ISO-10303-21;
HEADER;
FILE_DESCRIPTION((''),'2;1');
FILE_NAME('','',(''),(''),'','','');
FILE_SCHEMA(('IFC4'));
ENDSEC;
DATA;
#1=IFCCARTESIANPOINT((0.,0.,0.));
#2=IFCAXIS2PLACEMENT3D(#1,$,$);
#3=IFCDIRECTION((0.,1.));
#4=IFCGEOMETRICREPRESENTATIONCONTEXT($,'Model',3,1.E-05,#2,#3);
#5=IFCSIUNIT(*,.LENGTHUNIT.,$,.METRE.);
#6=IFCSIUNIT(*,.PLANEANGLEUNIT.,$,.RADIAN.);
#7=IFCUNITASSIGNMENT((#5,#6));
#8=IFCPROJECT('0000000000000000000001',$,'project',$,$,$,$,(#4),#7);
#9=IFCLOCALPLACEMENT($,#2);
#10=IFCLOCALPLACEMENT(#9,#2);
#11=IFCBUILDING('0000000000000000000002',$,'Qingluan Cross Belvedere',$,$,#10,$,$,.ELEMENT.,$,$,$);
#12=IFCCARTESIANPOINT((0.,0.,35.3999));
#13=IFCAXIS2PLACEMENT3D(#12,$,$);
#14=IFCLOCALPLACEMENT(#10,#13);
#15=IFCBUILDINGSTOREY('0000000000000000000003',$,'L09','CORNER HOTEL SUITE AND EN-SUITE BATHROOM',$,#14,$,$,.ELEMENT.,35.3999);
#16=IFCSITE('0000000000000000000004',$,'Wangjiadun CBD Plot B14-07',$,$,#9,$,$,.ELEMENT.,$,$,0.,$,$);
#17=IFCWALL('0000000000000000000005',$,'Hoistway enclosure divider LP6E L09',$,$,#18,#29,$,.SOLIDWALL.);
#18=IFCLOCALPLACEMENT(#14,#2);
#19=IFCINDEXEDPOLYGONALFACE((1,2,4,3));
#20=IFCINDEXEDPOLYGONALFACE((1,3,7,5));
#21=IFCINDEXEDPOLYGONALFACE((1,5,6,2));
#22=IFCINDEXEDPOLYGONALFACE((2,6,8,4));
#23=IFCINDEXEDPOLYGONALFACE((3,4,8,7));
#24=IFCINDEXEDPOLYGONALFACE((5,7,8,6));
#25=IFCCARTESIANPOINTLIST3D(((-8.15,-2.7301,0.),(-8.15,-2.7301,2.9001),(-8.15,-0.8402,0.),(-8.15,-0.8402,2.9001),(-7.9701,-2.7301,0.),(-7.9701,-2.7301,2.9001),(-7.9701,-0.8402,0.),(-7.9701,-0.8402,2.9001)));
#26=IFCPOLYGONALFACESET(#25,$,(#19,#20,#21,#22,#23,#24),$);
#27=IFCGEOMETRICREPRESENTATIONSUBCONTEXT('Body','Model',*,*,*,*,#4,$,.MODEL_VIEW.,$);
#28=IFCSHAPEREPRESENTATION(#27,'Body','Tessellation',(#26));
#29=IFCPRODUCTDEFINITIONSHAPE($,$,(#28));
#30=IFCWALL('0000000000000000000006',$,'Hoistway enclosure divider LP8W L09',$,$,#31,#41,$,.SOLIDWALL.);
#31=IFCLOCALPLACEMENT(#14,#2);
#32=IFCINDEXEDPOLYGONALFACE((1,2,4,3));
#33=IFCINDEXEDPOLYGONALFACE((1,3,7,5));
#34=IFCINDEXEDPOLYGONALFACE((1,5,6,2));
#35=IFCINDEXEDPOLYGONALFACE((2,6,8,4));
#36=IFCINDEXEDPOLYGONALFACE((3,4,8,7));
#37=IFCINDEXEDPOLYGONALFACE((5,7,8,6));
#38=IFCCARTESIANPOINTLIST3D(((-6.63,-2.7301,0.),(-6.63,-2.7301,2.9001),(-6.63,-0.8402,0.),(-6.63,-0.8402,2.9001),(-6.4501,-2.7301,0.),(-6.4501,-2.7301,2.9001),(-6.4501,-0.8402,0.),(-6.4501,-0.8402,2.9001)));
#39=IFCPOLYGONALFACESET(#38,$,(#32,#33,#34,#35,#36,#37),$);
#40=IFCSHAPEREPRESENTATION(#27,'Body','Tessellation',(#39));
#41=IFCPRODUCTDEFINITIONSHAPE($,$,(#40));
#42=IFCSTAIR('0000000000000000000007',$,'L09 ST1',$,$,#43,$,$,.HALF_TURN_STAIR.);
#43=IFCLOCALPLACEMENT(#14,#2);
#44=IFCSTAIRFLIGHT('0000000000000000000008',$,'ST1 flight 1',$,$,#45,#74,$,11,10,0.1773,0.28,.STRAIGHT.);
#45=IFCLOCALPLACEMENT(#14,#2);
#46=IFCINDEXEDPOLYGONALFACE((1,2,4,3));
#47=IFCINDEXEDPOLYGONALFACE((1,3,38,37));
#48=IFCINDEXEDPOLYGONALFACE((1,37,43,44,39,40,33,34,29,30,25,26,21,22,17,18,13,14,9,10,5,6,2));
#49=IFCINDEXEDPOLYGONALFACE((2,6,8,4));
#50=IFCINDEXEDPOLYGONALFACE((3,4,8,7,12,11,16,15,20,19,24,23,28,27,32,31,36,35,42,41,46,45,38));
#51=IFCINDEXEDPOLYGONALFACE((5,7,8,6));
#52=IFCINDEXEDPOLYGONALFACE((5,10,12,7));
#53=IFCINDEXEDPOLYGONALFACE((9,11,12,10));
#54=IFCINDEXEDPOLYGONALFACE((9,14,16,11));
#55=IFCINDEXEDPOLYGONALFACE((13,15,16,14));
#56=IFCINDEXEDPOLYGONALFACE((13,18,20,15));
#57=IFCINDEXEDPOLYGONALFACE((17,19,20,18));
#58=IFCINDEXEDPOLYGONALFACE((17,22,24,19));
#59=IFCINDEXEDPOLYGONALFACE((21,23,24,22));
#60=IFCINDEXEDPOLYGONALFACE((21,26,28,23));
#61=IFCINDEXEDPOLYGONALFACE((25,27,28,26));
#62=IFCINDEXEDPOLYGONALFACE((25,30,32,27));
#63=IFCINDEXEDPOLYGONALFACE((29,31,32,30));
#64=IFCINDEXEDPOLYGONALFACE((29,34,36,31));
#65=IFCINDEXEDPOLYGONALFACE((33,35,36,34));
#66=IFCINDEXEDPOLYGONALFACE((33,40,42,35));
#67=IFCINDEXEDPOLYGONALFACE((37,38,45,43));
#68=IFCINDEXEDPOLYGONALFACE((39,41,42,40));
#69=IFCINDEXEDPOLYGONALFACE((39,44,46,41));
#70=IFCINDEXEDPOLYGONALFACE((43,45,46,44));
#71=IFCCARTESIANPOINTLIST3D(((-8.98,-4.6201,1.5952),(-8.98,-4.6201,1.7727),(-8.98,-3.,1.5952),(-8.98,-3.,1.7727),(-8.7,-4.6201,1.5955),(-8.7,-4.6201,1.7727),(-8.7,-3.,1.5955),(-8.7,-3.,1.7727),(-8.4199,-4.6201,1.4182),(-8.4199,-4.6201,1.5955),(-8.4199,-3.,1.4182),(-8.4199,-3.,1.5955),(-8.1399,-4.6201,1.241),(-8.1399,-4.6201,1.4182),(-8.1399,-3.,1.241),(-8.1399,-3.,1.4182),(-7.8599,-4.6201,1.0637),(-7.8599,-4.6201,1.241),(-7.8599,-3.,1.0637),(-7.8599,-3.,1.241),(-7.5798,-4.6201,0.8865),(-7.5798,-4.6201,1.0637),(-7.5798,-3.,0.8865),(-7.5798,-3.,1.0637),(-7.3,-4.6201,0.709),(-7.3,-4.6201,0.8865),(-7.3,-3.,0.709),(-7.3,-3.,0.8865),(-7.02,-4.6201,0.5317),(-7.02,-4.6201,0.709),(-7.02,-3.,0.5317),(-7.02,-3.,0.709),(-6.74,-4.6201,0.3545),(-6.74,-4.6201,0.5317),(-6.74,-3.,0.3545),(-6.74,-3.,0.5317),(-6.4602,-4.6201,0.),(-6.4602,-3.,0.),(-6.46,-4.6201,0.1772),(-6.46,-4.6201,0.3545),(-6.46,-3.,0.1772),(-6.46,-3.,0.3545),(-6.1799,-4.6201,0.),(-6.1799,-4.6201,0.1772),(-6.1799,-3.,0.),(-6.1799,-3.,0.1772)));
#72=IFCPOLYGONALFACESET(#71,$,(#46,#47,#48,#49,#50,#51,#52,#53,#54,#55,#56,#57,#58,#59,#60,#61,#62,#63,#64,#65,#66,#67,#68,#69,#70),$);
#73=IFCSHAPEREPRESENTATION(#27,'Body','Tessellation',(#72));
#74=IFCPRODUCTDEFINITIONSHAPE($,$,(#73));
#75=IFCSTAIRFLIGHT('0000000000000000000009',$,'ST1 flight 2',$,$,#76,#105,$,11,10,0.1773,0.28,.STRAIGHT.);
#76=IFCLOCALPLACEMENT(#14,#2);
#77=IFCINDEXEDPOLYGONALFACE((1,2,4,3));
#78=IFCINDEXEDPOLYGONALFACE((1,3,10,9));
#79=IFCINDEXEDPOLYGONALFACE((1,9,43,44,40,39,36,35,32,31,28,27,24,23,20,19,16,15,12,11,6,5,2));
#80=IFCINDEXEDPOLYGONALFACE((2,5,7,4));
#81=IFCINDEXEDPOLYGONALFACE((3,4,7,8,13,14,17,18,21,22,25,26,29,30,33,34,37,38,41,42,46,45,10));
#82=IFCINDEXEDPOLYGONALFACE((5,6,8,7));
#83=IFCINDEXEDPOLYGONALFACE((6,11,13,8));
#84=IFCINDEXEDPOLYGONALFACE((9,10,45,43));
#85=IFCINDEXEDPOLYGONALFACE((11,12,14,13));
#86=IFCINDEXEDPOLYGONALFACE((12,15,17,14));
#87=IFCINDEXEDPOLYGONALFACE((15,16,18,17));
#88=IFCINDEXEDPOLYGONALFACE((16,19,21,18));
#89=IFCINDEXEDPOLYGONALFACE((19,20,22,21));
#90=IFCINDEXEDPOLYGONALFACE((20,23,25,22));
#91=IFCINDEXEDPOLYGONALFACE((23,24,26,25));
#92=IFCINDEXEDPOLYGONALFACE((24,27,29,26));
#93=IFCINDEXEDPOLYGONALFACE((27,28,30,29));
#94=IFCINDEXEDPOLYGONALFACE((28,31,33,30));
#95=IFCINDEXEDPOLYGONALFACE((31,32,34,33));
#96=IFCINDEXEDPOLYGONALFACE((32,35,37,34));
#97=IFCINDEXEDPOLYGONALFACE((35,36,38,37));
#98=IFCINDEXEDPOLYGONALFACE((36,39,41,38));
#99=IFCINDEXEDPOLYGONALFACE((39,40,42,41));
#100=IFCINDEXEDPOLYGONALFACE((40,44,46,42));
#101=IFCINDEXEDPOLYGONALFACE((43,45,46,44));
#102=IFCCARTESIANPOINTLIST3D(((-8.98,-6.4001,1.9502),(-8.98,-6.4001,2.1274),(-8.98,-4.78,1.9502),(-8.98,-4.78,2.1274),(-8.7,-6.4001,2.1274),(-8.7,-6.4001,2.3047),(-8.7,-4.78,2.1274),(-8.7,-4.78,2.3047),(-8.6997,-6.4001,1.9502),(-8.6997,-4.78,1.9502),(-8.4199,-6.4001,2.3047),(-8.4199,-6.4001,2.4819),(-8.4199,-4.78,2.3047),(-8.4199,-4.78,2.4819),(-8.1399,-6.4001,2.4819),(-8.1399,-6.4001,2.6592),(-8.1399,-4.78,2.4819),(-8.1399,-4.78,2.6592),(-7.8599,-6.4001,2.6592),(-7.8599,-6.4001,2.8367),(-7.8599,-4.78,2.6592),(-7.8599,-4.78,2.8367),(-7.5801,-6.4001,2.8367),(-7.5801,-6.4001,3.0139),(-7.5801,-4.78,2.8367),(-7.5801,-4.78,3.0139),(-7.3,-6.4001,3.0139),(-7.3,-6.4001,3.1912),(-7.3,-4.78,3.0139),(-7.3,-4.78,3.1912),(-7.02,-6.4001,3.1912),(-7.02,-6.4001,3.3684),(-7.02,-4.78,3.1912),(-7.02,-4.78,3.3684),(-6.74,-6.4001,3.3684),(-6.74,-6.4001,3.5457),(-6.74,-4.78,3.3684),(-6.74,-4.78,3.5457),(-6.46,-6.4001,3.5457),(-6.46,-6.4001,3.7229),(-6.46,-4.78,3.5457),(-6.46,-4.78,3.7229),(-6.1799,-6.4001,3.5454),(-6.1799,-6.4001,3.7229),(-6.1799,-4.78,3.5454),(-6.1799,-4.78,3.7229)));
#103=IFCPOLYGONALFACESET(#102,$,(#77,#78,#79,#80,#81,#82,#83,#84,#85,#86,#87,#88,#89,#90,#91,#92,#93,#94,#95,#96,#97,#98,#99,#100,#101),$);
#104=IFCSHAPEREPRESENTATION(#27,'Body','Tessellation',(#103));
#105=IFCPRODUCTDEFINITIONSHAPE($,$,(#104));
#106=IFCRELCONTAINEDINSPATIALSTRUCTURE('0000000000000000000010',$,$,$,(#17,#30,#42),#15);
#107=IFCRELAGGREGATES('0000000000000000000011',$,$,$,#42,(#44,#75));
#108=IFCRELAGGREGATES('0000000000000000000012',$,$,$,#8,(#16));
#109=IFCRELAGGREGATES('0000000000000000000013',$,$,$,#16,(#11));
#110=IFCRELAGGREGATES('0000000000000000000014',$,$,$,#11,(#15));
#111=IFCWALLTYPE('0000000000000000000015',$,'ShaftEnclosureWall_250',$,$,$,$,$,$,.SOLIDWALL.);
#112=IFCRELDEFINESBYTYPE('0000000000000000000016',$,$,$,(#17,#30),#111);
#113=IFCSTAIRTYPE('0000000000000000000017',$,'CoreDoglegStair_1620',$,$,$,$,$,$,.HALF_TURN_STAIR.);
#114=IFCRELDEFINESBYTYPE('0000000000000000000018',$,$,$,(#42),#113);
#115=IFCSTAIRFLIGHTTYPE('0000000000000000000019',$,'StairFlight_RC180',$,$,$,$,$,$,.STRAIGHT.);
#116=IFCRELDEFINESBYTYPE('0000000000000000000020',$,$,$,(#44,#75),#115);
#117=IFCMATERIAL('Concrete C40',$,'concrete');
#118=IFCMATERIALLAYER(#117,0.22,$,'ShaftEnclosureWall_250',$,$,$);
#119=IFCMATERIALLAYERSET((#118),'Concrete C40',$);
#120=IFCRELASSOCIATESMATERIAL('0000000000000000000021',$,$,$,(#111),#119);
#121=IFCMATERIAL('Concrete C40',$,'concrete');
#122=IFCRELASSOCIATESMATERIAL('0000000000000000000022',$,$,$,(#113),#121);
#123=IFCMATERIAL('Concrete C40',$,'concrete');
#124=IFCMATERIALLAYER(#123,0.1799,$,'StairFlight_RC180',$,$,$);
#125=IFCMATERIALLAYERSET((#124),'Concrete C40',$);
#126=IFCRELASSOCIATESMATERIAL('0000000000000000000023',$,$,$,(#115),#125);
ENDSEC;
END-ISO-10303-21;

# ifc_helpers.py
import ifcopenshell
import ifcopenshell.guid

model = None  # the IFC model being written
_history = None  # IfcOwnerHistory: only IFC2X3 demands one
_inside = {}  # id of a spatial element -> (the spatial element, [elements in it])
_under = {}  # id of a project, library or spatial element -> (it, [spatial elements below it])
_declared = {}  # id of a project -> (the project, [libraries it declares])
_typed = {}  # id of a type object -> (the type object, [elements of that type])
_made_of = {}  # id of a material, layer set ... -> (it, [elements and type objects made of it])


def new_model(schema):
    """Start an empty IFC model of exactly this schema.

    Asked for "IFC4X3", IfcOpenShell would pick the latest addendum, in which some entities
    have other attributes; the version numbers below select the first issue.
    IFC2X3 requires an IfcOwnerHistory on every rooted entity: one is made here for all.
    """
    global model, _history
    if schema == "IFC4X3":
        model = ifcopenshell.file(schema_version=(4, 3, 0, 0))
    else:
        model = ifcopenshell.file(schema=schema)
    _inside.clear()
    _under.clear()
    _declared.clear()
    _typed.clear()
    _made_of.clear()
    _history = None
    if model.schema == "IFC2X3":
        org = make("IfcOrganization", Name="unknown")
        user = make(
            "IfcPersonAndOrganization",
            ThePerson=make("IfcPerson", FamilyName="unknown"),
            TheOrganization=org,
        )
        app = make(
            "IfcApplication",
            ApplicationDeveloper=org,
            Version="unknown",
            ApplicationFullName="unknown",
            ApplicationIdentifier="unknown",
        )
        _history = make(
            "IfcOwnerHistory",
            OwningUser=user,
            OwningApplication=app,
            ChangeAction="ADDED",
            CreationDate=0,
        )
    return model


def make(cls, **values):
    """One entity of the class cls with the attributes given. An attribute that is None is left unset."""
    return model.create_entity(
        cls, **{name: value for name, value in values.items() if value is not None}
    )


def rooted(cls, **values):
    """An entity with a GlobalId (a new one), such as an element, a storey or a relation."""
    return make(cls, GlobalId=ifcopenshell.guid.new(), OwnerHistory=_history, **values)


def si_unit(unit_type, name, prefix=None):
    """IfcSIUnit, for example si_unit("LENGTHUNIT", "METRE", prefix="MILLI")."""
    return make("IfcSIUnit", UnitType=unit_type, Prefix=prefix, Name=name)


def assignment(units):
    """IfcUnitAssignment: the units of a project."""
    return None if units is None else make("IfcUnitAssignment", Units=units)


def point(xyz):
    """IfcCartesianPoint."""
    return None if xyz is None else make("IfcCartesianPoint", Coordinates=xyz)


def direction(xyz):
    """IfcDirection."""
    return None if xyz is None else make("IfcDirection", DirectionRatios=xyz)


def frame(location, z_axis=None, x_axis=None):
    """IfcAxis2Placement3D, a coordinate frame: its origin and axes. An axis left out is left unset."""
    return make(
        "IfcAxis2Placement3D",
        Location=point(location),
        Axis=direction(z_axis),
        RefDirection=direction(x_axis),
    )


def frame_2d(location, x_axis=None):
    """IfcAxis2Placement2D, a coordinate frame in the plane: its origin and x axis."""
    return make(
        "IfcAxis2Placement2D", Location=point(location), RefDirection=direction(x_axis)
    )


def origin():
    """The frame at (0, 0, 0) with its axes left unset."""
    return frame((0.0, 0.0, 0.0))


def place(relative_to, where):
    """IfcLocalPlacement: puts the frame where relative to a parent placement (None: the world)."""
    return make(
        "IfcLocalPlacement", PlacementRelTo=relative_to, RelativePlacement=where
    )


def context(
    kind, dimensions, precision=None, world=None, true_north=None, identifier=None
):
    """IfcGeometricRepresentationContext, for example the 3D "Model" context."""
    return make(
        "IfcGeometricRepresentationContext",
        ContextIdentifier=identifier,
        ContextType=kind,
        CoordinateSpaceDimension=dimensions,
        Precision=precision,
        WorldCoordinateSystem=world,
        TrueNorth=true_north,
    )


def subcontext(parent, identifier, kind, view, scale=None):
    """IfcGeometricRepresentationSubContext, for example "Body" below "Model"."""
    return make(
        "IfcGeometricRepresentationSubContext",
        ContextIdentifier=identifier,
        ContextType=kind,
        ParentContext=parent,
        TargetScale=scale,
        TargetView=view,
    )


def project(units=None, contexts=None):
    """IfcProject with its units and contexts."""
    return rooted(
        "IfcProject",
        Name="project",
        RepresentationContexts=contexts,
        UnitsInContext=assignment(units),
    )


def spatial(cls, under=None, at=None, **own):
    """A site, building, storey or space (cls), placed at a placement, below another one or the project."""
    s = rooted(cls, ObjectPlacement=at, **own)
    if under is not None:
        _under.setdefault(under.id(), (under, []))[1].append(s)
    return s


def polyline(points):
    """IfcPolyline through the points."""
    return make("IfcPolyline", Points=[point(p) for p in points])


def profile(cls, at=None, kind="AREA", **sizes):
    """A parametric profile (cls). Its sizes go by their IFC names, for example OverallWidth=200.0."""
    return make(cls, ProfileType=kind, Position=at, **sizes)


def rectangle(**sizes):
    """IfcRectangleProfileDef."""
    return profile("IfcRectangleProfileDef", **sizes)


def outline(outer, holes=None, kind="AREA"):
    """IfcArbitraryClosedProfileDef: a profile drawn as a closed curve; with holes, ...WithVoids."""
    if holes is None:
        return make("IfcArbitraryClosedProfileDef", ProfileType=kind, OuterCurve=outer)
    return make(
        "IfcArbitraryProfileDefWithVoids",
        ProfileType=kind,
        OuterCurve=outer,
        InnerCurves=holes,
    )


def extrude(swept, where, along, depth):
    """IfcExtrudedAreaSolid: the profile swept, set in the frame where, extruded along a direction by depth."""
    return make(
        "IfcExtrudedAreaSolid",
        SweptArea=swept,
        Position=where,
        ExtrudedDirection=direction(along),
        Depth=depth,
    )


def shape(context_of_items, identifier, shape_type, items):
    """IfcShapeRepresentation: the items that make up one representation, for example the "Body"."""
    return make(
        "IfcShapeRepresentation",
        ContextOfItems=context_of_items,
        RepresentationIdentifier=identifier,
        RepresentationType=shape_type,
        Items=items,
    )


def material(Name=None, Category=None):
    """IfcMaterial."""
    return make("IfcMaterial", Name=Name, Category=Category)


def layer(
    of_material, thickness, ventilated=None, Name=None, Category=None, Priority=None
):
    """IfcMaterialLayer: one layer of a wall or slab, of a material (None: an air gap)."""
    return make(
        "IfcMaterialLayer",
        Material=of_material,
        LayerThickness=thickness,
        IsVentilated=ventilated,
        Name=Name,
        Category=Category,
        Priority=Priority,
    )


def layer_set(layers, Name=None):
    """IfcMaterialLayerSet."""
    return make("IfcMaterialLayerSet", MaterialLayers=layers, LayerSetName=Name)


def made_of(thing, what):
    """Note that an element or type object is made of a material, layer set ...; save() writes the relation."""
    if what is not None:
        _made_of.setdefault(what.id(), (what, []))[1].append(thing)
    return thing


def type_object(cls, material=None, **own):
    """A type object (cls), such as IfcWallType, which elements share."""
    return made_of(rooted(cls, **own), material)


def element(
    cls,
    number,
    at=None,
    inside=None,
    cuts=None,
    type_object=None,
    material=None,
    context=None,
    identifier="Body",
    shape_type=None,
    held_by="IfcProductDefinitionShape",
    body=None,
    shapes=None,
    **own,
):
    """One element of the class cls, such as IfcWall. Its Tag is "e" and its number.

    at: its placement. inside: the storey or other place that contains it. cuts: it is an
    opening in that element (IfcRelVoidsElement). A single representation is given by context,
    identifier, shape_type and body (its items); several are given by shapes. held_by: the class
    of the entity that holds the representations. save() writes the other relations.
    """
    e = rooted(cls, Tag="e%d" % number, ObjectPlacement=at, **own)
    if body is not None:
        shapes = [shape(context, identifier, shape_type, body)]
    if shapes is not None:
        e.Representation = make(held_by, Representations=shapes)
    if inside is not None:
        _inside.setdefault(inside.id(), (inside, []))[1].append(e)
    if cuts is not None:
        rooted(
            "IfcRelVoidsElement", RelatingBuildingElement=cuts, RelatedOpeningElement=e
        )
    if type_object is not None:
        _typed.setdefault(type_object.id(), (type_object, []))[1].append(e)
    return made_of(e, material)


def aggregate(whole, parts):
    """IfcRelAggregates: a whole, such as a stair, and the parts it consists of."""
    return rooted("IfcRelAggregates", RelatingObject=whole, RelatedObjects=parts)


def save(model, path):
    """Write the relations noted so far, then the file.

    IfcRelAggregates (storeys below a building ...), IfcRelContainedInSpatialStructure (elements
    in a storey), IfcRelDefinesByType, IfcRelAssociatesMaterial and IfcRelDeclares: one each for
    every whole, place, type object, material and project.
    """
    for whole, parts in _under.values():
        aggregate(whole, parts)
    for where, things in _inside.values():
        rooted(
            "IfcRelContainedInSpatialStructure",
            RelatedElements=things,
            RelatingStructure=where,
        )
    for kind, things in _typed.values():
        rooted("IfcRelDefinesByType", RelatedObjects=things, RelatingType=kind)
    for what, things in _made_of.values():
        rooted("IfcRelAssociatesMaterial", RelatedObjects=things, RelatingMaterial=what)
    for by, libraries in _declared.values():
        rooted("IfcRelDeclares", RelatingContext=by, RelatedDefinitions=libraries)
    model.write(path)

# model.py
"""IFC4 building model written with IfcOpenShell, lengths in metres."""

from ifc_helpers import new_model, si_unit, direction, frame, frame_2d, origin, place, context, subcontext, project, spatial, polyline, rectangle, outline, extrude, material, layer, layer_set, type_object, element, aggregate, save


model = new_model("IFC4")

# Units and contexts
model_context = context("Model", 3, precision=1e-05, world=origin(), true_north=direction((0.0, 1.0)))
body_context = subcontext(model_context, "Body", "Model", "MODEL_VIEW")
ifc_project = project(units=[si_unit("LENGTHUNIT", "METRE"), si_unit("PLANEANGLEUNIT", "RADIAN")], contexts=[model_context])

# Site, building, storey
site_placement = place(None, origin())
site = spatial("IfcSite", under=ifc_project, at=site_placement, Name="Wangjiadun CBD Plot B14-07", CompositionType="ELEMENT", RefElevation=0.0)
building_placement = place(site_placement, origin())
building = spatial("IfcBuilding", under=site, at=building_placement, Name="Qingluan Cross Belvedere", CompositionType="ELEMENT")
storey_placement = place(building_placement, frame((0.0, 0.0, 35.3999)))
storey = spatial("IfcBuildingStorey", under=building, at=storey_placement, Name="L09", Description="CORNER HOTEL SUITE AND EN-SUITE BATHROOM", CompositionType="ELEMENT", Elevation=35.3999)

# Walls
ifc_material_1 = material(Name="Concrete C40", Category="concrete")
ifc_layer_1 = layer(ifc_material_1, 0.22, Name="ShaftEnclosureWall_250")
ifc_layer_set_1 = layer_set([ifc_layer_1], Name="Concrete C40")
wall_type_1 = type_object("IfcWallType", Name="ShaftEnclosureWall_250", PredefinedType="SOLIDWALL", material=ifc_layer_set_1)
for number, where, z_axis, x_axis, name in (
    (1, (-8.0601, -2.73, 0.0), (0.0, 0.0, 1.0), (0.0, 1.0, 0.0), "Hoistway enclosure divider LP6E L09"),
    (2, (-6.54, -2.73, 0.0), (0.0, 0.0, 1.0), (0.0, 1.0, 0.0), "Hoistway enclosure divider LP8W L09"),
):
    element("IfcWall", number, at=place(storey_placement, frame(where, z_axis=z_axis, x_axis=x_axis)), inside=storey, type_object=wall_type_1, Name=name, PredefinedType="SOLIDWALL", context=body_context, shape_type="SweptSolid", body=[
        extrude(rectangle(XDim=1.8899, YDim=0.1799, at=frame_2d((0.9448, 0.0))), origin(), (0.0, 0.0, 1.0), 2.9001),
    ])

# Stair, stair flights
ifc_material_2 = material(Name="Concrete C40", Category="concrete")
stair_type = type_object("IfcStairType", Name="CoreDoglegStair_1620", PredefinedType="HALF_TURN_STAIR", material=ifc_material_2)
stair_placement = place(storey_placement, origin())
stair = element("IfcStair", 3, at=stair_placement, inside=storey, type_object=stair_type, Name="L09 ST1", PredefinedType="HALF_TURN_STAIR")
ifc_material_3 = material(Name="Concrete C40", Category="concrete")
ifc_layer_2 = layer(ifc_material_3, 0.1799, Name="StairFlight_RC180")
ifc_layer_set_2 = layer_set([ifc_layer_2], Name="Concrete C40")
stair_flight_type = type_object("IfcStairFlightType", Name="StairFlight_RC180", PredefinedType="STRAIGHT", material=ifc_layer_set_2)
stair_flight_1_placement = place(storey_placement, frame((-6.1799, -3.8101, 0.0), z_axis=(0.0, 0.0, 1.0), x_axis=(-1.0, 0.0, 0.0)))
stair_flight_1 = element("IfcStairFlight", 4, at=stair_flight_1_placement, type_object=stair_flight_type, Name="ST1 flight 1", NumberOfRisers=11, NumberOfTreads=10, PredefinedType="STRAIGHT", RiserHeight=0.1773, TreadLength=0.28, context=body_context, shape_type="SweptSolid", body=[
    extrude(outline(polyline([(0.0, 0.0), (0.0, 0.1772), (0.28, 0.1772), (0.28, 0.3545), (0.5601, 0.3545), (0.5601, 0.5317), (0.8401, 0.5317), (0.8401, 0.709), (1.1201, 0.709), (1.1201, 0.8865), (1.3999, 0.8865), (1.3999, 1.0637), (1.6799, 1.0637), (1.6799, 1.241), (1.96, 1.241), (1.96, 1.4182), (2.24, 1.4182), (2.24, 1.5955), (2.52, 1.5955), (2.52, 1.7727), (2.8, 1.7727), (2.8, 1.95), (2.8, 1.5952), (0.2803, 0.0), (0.0, 0.0)])), frame((0.0, 0.8101, 0.0), z_axis=(0.0, -1.0, 0.0), x_axis=(1.0, 0.0, 0.0)), (0.0, 0.0, 1.0), 1.6201),
])
stair_flight_2_placement = place(storey_placement, frame((-8.98, -5.5901, 1.9502), z_axis=(0.0, 0.0, 1.0), x_axis=(1.0, 0.0, 0.0)))
stair_flight_2 = element("IfcStairFlight", 5, at=stair_flight_2_placement, type_object=stair_flight_type, Name="ST1 flight 2", NumberOfRisers=11, NumberOfTreads=10, PredefinedType="STRAIGHT", RiserHeight=0.1773, TreadLength=0.28, context=body_context, shape_type="SweptSolid", body=[
    extrude(outline(polyline([(0.0, 0.0), (0.0, 0.1772), (0.28, 0.1772), (0.28, 0.3545), (0.5601, 0.3545), (0.5601, 0.5317), (0.8401, 0.5317), (0.8401, 0.709), (1.1201, 0.709), (1.1201, 0.8865), (1.3999, 0.8865), (1.3999, 1.0637), (1.6799, 1.0637), (1.6799, 1.241), (1.96, 1.241), (1.96, 1.4182), (2.24, 1.4182), (2.24, 1.5955), (2.52, 1.5955), (2.52, 1.7727), (2.8, 1.7727), (2.8, 1.95), (2.8, 1.5952), (0.2803, 0.0), (0.0, 0.0)])), frame((0.0, 0.8101, 0.0), z_axis=(0.0, -1.0, 0.0), x_axis=(1.0, 0.0, 0.0)), (0.0, 0.0, 1.0), 1.6201),
])
aggregate(stair, [stair_flight_1, stair_flight_2])

save(model, "model.ifc")
